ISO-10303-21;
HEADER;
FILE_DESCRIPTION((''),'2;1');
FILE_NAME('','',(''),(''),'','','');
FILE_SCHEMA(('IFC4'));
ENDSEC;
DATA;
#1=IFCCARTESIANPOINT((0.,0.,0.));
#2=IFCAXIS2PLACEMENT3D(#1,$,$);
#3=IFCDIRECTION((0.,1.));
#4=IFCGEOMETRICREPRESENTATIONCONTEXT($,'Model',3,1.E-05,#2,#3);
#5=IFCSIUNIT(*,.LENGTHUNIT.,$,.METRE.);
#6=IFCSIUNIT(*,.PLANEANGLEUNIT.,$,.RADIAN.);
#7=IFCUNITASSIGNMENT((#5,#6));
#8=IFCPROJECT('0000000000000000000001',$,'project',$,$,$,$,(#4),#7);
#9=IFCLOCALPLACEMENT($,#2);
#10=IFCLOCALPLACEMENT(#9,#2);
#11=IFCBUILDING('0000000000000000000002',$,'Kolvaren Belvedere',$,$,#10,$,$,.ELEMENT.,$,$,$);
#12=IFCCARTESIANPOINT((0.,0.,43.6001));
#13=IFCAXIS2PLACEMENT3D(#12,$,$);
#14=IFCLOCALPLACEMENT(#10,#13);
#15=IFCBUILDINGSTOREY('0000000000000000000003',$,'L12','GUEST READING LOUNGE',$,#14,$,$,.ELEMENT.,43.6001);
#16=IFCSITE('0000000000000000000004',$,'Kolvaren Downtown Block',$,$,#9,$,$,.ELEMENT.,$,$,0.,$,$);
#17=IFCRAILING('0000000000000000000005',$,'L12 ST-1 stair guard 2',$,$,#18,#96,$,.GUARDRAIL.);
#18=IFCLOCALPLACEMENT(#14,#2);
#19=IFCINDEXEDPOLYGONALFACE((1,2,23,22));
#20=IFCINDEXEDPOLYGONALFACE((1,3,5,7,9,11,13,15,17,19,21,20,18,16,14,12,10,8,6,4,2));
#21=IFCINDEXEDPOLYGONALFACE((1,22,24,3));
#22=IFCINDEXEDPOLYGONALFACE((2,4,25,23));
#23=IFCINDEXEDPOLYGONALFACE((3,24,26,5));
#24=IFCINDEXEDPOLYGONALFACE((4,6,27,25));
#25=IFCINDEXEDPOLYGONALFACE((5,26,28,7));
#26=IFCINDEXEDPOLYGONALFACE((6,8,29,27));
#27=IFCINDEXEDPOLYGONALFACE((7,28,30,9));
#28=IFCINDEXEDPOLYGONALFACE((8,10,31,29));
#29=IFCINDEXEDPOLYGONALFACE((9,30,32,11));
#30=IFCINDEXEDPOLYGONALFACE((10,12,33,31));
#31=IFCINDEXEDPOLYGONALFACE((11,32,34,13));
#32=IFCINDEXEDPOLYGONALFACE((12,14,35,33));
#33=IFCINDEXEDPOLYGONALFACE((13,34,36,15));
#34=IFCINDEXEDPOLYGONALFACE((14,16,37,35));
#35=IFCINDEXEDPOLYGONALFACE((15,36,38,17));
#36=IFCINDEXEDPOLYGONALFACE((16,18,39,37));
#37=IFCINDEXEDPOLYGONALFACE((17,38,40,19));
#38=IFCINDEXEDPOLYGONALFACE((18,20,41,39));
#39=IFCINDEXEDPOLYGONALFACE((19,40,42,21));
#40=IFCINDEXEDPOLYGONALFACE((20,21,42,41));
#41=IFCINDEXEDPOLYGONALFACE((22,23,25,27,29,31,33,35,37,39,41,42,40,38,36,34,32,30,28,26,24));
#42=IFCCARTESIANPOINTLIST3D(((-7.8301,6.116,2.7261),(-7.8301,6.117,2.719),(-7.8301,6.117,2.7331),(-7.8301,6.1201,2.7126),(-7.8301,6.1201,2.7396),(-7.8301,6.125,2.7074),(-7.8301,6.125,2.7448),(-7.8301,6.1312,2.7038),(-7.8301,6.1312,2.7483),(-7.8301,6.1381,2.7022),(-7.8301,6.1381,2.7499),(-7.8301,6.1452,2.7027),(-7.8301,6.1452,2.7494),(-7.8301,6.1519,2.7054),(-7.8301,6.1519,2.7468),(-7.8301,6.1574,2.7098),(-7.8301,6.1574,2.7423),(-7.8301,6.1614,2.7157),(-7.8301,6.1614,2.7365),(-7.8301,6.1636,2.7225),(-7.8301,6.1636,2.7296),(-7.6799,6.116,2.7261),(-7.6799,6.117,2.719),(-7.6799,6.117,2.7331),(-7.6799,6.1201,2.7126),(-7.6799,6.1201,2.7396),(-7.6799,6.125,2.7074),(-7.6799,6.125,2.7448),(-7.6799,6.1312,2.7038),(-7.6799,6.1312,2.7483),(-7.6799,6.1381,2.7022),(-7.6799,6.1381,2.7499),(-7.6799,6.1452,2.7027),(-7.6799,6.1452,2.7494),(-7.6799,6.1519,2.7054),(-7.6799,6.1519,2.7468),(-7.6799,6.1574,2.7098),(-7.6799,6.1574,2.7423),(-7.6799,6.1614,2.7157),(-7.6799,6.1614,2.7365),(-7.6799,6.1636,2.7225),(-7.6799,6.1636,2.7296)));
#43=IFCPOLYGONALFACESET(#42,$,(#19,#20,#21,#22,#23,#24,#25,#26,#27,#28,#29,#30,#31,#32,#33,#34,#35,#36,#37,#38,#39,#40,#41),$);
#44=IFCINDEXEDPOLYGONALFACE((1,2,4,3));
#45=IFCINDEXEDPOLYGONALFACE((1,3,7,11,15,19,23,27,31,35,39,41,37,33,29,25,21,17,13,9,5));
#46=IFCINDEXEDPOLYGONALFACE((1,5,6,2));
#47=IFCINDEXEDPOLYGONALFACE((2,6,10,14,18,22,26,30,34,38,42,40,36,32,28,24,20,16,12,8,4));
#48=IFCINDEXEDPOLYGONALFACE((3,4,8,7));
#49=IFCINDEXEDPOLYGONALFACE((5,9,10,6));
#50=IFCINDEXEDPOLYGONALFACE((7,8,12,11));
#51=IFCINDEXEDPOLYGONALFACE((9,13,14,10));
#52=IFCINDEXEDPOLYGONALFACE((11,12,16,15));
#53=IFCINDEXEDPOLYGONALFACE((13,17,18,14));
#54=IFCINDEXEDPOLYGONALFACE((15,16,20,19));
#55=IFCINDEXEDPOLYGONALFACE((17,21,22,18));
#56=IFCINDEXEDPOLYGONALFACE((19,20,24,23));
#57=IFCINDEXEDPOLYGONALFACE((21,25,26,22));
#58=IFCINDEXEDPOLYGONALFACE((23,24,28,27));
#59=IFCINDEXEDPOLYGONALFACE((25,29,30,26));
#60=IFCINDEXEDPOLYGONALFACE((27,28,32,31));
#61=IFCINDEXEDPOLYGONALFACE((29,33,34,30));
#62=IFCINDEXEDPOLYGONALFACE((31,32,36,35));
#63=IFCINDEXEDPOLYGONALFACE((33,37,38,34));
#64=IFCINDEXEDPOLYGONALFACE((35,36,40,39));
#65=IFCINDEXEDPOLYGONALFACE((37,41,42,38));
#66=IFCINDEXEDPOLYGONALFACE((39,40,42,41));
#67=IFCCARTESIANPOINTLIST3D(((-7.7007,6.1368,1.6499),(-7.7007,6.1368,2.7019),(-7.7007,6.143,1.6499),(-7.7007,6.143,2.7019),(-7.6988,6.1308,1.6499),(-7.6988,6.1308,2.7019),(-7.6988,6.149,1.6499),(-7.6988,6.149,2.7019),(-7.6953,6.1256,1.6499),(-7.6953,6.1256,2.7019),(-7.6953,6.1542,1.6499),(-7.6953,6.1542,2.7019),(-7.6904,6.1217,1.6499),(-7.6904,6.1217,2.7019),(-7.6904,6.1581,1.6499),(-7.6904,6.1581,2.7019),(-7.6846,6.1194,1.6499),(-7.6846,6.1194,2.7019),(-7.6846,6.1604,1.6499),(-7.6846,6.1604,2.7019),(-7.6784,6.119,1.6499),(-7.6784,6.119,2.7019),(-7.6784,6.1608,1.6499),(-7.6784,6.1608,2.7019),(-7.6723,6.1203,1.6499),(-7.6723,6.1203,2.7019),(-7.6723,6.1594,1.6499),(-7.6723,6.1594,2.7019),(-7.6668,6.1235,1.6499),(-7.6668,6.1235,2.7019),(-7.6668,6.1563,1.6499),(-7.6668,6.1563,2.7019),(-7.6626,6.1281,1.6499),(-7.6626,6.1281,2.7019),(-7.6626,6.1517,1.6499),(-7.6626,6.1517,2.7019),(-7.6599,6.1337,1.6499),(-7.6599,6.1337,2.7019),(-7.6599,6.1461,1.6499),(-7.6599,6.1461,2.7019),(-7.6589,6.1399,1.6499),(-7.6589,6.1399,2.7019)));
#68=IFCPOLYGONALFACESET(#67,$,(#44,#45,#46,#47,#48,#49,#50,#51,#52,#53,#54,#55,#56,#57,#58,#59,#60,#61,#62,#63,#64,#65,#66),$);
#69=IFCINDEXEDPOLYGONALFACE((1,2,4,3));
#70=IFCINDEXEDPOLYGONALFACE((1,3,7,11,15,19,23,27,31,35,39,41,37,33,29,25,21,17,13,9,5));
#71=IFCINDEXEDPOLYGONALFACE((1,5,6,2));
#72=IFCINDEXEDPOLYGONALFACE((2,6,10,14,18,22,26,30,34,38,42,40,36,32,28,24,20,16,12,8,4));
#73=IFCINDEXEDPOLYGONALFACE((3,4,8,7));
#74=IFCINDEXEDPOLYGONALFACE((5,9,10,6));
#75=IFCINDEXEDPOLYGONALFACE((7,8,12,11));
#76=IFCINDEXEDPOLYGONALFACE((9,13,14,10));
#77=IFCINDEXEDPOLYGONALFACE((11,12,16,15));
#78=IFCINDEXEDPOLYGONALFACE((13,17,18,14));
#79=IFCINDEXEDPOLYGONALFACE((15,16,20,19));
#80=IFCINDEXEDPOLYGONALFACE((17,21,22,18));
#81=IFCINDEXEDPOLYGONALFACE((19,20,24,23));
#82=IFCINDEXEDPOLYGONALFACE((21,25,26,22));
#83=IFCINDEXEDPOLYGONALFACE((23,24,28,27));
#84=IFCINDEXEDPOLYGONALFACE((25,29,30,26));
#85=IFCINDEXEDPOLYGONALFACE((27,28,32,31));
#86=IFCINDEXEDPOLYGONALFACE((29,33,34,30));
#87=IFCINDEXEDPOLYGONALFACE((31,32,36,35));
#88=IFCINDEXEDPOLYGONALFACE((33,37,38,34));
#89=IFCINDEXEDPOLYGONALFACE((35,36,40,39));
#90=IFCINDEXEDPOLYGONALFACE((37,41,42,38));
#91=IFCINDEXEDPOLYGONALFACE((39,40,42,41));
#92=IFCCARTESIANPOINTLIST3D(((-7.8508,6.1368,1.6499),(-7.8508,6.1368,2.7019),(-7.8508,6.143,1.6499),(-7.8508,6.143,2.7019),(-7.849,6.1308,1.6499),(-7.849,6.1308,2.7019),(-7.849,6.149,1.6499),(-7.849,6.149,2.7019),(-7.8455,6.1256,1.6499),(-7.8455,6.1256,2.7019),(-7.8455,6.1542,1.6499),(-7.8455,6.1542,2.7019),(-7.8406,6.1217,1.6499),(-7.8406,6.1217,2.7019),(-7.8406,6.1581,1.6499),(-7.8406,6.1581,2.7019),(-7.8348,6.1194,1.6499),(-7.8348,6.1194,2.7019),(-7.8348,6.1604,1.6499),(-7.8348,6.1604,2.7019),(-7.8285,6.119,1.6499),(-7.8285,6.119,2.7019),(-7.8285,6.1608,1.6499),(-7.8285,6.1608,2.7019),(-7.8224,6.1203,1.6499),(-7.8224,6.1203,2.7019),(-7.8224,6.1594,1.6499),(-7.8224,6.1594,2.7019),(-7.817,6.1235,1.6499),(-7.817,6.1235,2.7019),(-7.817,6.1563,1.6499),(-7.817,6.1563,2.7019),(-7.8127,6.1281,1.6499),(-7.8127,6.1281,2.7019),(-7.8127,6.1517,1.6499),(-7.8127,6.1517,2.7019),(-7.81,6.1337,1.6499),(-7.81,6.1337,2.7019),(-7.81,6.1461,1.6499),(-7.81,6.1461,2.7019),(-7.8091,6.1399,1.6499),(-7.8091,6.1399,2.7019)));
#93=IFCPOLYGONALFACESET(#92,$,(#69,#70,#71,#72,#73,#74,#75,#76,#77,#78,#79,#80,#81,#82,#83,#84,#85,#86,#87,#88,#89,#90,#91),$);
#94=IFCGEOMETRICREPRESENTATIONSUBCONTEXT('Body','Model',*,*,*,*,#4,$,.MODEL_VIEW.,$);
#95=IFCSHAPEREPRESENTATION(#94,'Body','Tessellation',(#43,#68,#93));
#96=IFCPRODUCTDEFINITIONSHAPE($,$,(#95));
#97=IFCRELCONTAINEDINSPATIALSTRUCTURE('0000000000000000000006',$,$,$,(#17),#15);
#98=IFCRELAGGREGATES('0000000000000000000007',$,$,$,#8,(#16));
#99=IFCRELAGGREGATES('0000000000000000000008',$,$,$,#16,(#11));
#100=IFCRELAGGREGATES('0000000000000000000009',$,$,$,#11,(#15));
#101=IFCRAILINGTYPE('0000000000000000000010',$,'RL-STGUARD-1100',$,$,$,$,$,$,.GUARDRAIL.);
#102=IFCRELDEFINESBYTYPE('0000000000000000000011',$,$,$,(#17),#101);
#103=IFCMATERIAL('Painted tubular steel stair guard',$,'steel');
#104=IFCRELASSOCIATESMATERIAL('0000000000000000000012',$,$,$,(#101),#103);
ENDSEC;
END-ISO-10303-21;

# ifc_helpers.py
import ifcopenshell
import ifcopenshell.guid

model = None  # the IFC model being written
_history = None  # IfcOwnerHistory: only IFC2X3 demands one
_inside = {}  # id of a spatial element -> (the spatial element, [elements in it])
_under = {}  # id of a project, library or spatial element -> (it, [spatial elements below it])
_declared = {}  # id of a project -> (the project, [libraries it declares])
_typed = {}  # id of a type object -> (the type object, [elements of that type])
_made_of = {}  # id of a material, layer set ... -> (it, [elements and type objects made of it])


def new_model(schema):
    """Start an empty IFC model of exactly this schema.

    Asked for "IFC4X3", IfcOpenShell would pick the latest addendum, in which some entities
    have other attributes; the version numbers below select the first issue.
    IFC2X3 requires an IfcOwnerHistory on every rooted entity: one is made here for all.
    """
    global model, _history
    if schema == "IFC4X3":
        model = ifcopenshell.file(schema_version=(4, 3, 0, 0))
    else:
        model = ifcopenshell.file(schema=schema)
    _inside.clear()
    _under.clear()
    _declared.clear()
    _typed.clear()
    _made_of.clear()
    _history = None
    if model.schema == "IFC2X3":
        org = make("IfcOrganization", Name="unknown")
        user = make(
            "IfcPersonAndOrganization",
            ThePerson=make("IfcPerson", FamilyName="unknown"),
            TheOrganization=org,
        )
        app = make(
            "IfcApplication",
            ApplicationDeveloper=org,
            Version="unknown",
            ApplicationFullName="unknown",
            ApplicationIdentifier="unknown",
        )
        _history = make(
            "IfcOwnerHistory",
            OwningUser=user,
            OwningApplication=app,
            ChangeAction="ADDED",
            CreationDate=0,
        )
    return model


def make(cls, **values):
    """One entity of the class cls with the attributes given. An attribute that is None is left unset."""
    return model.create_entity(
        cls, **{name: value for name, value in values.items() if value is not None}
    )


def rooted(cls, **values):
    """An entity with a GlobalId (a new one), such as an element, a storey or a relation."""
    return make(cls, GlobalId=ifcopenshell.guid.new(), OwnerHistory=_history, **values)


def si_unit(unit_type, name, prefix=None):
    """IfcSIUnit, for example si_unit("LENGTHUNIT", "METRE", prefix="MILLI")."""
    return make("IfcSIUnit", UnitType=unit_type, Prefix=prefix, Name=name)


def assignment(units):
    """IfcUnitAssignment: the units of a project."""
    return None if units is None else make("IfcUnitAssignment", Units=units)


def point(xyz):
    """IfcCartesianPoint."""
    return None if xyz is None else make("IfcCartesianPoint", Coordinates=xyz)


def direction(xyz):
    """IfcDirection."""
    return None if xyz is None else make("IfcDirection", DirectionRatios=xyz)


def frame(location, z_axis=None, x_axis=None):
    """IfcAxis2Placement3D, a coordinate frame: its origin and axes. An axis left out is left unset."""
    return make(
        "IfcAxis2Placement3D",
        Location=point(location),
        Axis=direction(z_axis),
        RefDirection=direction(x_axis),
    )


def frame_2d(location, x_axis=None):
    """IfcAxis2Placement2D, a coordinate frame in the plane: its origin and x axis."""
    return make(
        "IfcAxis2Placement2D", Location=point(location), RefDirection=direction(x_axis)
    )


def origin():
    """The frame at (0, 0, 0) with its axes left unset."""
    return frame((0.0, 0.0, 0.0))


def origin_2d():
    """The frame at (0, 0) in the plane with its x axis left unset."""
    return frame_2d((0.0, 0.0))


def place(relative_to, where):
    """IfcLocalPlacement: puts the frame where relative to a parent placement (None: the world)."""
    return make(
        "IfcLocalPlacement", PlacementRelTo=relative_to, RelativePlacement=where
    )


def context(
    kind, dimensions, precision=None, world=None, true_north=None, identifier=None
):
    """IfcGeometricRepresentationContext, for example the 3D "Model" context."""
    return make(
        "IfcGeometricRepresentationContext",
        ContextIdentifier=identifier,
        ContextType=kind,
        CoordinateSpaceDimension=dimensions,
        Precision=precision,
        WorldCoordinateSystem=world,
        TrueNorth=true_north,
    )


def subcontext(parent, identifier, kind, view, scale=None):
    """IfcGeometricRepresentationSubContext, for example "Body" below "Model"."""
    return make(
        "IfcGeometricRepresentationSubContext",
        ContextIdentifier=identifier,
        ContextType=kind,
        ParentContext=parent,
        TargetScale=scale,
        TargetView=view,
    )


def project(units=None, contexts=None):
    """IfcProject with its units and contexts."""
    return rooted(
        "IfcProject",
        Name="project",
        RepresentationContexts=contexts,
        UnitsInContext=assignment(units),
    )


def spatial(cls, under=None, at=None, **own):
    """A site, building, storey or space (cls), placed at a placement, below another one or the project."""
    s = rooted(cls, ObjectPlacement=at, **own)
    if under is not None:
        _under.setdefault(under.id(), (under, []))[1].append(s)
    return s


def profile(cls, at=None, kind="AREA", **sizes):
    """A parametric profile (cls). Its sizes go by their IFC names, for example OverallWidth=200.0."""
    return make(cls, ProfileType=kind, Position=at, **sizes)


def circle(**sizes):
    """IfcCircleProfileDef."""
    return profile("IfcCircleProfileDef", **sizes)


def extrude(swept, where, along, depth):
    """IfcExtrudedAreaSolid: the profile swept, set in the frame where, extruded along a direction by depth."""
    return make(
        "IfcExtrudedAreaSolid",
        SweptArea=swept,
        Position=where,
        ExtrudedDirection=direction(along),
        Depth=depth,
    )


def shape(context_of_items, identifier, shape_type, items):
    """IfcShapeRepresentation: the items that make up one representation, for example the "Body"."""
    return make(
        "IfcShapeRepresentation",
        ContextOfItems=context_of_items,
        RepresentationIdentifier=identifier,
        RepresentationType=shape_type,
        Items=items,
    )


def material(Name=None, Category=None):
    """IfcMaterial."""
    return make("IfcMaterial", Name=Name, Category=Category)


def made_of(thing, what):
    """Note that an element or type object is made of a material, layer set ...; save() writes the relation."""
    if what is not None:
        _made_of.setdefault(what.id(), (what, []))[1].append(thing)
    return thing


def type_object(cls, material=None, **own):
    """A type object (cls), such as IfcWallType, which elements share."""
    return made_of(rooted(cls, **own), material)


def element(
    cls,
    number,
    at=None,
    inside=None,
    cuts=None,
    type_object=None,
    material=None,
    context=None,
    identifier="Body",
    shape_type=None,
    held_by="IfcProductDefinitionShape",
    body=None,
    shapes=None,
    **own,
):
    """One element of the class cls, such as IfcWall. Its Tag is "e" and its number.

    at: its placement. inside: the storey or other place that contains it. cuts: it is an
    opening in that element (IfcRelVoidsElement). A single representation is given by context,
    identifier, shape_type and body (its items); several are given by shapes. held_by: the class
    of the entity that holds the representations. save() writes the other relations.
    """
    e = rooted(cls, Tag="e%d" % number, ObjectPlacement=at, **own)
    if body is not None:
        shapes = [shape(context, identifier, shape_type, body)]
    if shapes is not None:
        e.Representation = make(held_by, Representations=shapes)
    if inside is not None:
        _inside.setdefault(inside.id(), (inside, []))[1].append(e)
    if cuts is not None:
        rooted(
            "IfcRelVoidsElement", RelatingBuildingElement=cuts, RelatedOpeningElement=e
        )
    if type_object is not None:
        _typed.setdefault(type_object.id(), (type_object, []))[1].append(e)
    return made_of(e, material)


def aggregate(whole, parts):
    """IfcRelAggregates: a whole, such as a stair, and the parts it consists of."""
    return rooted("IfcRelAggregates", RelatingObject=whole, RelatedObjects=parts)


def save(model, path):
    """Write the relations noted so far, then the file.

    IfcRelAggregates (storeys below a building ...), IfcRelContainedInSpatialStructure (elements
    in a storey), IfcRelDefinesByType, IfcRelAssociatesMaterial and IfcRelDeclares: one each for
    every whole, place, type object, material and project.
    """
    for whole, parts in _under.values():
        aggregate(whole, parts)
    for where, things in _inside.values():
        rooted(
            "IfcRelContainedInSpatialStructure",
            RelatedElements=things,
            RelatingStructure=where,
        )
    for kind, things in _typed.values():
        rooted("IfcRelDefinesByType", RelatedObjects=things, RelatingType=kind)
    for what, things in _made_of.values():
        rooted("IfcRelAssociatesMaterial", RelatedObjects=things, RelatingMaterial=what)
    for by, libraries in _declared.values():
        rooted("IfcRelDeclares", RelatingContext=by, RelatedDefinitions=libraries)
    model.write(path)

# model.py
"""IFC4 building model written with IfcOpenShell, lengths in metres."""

from ifc_helpers import new_model, si_unit, direction, frame, origin, origin_2d, place, context, subcontext, project, spatial, circle, extrude, material, type_object, element, save


model = new_model("IFC4")

# Units and contexts
model_context = context("Model", 3, precision=1e-05, world=origin(), true_north=direction((0.0, 1.0)))
body_context = subcontext(model_context, "Body", "Model", "MODEL_VIEW")
ifc_project = project(units=[si_unit("LENGTHUNIT", "METRE"), si_unit("PLANEANGLEUNIT", "RADIAN")], contexts=[model_context])

# Site, building, storey
site_placement = place(None, origin())
site = spatial("IfcSite", under=ifc_project, at=site_placement, Name="Kolvaren Downtown Block", CompositionType="ELEMENT", RefElevation=0.0)
building_placement = place(site_placement, origin())
building = spatial("IfcBuilding", under=site, at=building_placement, Name="Kolvaren Belvedere", CompositionType="ELEMENT")
storey_placement = place(building_placement, frame((0.0, 0.0, 43.6001)))
storey = spatial("IfcBuildingStorey", under=building, at=storey_placement, Name="L12", Description="GUEST READING LOUNGE", CompositionType="ELEMENT", Elevation=43.6001)

# Railing
ifc_material_1 = material(Name="Painted tubular steel stair guard", Category="steel")
railing_type_1 = type_object("IfcRailingType", Name="RL-STGUARD-1100", PredefinedType="GUARDRAIL", material=ifc_material_1)
railing_1_placement = place(storey_placement, frame((-7.6799, 6.1399, 1.6499)))
element("IfcRailing", 1, at=railing_1_placement, inside=storey, type_object=railing_type_1, Name="L12 ST-1 stair guard 2", PredefinedType="GUARDRAIL", context=body_context, shape_type="SweptSolid", body=[
    extrude(circle(Radius=0.0239, at=origin_2d()), frame((0.0, 0.0, 1.0762), z_axis=(-1.0, 0.0, 0.0), x_axis=(0.0, -1.0, 0.0)), (0.0, 0.0, 1.0), 0.1501),
    extrude(circle(Radius=0.021, at=origin_2d()), origin(), (0.0, 0.0, 1.0), 1.052),
    extrude(circle(Radius=0.021, at=origin_2d()), frame((-0.1501, 0.0, 0.0)), (0.0, 0.0, 1.0), 1.052),
])

save(model, "model.ifc")
